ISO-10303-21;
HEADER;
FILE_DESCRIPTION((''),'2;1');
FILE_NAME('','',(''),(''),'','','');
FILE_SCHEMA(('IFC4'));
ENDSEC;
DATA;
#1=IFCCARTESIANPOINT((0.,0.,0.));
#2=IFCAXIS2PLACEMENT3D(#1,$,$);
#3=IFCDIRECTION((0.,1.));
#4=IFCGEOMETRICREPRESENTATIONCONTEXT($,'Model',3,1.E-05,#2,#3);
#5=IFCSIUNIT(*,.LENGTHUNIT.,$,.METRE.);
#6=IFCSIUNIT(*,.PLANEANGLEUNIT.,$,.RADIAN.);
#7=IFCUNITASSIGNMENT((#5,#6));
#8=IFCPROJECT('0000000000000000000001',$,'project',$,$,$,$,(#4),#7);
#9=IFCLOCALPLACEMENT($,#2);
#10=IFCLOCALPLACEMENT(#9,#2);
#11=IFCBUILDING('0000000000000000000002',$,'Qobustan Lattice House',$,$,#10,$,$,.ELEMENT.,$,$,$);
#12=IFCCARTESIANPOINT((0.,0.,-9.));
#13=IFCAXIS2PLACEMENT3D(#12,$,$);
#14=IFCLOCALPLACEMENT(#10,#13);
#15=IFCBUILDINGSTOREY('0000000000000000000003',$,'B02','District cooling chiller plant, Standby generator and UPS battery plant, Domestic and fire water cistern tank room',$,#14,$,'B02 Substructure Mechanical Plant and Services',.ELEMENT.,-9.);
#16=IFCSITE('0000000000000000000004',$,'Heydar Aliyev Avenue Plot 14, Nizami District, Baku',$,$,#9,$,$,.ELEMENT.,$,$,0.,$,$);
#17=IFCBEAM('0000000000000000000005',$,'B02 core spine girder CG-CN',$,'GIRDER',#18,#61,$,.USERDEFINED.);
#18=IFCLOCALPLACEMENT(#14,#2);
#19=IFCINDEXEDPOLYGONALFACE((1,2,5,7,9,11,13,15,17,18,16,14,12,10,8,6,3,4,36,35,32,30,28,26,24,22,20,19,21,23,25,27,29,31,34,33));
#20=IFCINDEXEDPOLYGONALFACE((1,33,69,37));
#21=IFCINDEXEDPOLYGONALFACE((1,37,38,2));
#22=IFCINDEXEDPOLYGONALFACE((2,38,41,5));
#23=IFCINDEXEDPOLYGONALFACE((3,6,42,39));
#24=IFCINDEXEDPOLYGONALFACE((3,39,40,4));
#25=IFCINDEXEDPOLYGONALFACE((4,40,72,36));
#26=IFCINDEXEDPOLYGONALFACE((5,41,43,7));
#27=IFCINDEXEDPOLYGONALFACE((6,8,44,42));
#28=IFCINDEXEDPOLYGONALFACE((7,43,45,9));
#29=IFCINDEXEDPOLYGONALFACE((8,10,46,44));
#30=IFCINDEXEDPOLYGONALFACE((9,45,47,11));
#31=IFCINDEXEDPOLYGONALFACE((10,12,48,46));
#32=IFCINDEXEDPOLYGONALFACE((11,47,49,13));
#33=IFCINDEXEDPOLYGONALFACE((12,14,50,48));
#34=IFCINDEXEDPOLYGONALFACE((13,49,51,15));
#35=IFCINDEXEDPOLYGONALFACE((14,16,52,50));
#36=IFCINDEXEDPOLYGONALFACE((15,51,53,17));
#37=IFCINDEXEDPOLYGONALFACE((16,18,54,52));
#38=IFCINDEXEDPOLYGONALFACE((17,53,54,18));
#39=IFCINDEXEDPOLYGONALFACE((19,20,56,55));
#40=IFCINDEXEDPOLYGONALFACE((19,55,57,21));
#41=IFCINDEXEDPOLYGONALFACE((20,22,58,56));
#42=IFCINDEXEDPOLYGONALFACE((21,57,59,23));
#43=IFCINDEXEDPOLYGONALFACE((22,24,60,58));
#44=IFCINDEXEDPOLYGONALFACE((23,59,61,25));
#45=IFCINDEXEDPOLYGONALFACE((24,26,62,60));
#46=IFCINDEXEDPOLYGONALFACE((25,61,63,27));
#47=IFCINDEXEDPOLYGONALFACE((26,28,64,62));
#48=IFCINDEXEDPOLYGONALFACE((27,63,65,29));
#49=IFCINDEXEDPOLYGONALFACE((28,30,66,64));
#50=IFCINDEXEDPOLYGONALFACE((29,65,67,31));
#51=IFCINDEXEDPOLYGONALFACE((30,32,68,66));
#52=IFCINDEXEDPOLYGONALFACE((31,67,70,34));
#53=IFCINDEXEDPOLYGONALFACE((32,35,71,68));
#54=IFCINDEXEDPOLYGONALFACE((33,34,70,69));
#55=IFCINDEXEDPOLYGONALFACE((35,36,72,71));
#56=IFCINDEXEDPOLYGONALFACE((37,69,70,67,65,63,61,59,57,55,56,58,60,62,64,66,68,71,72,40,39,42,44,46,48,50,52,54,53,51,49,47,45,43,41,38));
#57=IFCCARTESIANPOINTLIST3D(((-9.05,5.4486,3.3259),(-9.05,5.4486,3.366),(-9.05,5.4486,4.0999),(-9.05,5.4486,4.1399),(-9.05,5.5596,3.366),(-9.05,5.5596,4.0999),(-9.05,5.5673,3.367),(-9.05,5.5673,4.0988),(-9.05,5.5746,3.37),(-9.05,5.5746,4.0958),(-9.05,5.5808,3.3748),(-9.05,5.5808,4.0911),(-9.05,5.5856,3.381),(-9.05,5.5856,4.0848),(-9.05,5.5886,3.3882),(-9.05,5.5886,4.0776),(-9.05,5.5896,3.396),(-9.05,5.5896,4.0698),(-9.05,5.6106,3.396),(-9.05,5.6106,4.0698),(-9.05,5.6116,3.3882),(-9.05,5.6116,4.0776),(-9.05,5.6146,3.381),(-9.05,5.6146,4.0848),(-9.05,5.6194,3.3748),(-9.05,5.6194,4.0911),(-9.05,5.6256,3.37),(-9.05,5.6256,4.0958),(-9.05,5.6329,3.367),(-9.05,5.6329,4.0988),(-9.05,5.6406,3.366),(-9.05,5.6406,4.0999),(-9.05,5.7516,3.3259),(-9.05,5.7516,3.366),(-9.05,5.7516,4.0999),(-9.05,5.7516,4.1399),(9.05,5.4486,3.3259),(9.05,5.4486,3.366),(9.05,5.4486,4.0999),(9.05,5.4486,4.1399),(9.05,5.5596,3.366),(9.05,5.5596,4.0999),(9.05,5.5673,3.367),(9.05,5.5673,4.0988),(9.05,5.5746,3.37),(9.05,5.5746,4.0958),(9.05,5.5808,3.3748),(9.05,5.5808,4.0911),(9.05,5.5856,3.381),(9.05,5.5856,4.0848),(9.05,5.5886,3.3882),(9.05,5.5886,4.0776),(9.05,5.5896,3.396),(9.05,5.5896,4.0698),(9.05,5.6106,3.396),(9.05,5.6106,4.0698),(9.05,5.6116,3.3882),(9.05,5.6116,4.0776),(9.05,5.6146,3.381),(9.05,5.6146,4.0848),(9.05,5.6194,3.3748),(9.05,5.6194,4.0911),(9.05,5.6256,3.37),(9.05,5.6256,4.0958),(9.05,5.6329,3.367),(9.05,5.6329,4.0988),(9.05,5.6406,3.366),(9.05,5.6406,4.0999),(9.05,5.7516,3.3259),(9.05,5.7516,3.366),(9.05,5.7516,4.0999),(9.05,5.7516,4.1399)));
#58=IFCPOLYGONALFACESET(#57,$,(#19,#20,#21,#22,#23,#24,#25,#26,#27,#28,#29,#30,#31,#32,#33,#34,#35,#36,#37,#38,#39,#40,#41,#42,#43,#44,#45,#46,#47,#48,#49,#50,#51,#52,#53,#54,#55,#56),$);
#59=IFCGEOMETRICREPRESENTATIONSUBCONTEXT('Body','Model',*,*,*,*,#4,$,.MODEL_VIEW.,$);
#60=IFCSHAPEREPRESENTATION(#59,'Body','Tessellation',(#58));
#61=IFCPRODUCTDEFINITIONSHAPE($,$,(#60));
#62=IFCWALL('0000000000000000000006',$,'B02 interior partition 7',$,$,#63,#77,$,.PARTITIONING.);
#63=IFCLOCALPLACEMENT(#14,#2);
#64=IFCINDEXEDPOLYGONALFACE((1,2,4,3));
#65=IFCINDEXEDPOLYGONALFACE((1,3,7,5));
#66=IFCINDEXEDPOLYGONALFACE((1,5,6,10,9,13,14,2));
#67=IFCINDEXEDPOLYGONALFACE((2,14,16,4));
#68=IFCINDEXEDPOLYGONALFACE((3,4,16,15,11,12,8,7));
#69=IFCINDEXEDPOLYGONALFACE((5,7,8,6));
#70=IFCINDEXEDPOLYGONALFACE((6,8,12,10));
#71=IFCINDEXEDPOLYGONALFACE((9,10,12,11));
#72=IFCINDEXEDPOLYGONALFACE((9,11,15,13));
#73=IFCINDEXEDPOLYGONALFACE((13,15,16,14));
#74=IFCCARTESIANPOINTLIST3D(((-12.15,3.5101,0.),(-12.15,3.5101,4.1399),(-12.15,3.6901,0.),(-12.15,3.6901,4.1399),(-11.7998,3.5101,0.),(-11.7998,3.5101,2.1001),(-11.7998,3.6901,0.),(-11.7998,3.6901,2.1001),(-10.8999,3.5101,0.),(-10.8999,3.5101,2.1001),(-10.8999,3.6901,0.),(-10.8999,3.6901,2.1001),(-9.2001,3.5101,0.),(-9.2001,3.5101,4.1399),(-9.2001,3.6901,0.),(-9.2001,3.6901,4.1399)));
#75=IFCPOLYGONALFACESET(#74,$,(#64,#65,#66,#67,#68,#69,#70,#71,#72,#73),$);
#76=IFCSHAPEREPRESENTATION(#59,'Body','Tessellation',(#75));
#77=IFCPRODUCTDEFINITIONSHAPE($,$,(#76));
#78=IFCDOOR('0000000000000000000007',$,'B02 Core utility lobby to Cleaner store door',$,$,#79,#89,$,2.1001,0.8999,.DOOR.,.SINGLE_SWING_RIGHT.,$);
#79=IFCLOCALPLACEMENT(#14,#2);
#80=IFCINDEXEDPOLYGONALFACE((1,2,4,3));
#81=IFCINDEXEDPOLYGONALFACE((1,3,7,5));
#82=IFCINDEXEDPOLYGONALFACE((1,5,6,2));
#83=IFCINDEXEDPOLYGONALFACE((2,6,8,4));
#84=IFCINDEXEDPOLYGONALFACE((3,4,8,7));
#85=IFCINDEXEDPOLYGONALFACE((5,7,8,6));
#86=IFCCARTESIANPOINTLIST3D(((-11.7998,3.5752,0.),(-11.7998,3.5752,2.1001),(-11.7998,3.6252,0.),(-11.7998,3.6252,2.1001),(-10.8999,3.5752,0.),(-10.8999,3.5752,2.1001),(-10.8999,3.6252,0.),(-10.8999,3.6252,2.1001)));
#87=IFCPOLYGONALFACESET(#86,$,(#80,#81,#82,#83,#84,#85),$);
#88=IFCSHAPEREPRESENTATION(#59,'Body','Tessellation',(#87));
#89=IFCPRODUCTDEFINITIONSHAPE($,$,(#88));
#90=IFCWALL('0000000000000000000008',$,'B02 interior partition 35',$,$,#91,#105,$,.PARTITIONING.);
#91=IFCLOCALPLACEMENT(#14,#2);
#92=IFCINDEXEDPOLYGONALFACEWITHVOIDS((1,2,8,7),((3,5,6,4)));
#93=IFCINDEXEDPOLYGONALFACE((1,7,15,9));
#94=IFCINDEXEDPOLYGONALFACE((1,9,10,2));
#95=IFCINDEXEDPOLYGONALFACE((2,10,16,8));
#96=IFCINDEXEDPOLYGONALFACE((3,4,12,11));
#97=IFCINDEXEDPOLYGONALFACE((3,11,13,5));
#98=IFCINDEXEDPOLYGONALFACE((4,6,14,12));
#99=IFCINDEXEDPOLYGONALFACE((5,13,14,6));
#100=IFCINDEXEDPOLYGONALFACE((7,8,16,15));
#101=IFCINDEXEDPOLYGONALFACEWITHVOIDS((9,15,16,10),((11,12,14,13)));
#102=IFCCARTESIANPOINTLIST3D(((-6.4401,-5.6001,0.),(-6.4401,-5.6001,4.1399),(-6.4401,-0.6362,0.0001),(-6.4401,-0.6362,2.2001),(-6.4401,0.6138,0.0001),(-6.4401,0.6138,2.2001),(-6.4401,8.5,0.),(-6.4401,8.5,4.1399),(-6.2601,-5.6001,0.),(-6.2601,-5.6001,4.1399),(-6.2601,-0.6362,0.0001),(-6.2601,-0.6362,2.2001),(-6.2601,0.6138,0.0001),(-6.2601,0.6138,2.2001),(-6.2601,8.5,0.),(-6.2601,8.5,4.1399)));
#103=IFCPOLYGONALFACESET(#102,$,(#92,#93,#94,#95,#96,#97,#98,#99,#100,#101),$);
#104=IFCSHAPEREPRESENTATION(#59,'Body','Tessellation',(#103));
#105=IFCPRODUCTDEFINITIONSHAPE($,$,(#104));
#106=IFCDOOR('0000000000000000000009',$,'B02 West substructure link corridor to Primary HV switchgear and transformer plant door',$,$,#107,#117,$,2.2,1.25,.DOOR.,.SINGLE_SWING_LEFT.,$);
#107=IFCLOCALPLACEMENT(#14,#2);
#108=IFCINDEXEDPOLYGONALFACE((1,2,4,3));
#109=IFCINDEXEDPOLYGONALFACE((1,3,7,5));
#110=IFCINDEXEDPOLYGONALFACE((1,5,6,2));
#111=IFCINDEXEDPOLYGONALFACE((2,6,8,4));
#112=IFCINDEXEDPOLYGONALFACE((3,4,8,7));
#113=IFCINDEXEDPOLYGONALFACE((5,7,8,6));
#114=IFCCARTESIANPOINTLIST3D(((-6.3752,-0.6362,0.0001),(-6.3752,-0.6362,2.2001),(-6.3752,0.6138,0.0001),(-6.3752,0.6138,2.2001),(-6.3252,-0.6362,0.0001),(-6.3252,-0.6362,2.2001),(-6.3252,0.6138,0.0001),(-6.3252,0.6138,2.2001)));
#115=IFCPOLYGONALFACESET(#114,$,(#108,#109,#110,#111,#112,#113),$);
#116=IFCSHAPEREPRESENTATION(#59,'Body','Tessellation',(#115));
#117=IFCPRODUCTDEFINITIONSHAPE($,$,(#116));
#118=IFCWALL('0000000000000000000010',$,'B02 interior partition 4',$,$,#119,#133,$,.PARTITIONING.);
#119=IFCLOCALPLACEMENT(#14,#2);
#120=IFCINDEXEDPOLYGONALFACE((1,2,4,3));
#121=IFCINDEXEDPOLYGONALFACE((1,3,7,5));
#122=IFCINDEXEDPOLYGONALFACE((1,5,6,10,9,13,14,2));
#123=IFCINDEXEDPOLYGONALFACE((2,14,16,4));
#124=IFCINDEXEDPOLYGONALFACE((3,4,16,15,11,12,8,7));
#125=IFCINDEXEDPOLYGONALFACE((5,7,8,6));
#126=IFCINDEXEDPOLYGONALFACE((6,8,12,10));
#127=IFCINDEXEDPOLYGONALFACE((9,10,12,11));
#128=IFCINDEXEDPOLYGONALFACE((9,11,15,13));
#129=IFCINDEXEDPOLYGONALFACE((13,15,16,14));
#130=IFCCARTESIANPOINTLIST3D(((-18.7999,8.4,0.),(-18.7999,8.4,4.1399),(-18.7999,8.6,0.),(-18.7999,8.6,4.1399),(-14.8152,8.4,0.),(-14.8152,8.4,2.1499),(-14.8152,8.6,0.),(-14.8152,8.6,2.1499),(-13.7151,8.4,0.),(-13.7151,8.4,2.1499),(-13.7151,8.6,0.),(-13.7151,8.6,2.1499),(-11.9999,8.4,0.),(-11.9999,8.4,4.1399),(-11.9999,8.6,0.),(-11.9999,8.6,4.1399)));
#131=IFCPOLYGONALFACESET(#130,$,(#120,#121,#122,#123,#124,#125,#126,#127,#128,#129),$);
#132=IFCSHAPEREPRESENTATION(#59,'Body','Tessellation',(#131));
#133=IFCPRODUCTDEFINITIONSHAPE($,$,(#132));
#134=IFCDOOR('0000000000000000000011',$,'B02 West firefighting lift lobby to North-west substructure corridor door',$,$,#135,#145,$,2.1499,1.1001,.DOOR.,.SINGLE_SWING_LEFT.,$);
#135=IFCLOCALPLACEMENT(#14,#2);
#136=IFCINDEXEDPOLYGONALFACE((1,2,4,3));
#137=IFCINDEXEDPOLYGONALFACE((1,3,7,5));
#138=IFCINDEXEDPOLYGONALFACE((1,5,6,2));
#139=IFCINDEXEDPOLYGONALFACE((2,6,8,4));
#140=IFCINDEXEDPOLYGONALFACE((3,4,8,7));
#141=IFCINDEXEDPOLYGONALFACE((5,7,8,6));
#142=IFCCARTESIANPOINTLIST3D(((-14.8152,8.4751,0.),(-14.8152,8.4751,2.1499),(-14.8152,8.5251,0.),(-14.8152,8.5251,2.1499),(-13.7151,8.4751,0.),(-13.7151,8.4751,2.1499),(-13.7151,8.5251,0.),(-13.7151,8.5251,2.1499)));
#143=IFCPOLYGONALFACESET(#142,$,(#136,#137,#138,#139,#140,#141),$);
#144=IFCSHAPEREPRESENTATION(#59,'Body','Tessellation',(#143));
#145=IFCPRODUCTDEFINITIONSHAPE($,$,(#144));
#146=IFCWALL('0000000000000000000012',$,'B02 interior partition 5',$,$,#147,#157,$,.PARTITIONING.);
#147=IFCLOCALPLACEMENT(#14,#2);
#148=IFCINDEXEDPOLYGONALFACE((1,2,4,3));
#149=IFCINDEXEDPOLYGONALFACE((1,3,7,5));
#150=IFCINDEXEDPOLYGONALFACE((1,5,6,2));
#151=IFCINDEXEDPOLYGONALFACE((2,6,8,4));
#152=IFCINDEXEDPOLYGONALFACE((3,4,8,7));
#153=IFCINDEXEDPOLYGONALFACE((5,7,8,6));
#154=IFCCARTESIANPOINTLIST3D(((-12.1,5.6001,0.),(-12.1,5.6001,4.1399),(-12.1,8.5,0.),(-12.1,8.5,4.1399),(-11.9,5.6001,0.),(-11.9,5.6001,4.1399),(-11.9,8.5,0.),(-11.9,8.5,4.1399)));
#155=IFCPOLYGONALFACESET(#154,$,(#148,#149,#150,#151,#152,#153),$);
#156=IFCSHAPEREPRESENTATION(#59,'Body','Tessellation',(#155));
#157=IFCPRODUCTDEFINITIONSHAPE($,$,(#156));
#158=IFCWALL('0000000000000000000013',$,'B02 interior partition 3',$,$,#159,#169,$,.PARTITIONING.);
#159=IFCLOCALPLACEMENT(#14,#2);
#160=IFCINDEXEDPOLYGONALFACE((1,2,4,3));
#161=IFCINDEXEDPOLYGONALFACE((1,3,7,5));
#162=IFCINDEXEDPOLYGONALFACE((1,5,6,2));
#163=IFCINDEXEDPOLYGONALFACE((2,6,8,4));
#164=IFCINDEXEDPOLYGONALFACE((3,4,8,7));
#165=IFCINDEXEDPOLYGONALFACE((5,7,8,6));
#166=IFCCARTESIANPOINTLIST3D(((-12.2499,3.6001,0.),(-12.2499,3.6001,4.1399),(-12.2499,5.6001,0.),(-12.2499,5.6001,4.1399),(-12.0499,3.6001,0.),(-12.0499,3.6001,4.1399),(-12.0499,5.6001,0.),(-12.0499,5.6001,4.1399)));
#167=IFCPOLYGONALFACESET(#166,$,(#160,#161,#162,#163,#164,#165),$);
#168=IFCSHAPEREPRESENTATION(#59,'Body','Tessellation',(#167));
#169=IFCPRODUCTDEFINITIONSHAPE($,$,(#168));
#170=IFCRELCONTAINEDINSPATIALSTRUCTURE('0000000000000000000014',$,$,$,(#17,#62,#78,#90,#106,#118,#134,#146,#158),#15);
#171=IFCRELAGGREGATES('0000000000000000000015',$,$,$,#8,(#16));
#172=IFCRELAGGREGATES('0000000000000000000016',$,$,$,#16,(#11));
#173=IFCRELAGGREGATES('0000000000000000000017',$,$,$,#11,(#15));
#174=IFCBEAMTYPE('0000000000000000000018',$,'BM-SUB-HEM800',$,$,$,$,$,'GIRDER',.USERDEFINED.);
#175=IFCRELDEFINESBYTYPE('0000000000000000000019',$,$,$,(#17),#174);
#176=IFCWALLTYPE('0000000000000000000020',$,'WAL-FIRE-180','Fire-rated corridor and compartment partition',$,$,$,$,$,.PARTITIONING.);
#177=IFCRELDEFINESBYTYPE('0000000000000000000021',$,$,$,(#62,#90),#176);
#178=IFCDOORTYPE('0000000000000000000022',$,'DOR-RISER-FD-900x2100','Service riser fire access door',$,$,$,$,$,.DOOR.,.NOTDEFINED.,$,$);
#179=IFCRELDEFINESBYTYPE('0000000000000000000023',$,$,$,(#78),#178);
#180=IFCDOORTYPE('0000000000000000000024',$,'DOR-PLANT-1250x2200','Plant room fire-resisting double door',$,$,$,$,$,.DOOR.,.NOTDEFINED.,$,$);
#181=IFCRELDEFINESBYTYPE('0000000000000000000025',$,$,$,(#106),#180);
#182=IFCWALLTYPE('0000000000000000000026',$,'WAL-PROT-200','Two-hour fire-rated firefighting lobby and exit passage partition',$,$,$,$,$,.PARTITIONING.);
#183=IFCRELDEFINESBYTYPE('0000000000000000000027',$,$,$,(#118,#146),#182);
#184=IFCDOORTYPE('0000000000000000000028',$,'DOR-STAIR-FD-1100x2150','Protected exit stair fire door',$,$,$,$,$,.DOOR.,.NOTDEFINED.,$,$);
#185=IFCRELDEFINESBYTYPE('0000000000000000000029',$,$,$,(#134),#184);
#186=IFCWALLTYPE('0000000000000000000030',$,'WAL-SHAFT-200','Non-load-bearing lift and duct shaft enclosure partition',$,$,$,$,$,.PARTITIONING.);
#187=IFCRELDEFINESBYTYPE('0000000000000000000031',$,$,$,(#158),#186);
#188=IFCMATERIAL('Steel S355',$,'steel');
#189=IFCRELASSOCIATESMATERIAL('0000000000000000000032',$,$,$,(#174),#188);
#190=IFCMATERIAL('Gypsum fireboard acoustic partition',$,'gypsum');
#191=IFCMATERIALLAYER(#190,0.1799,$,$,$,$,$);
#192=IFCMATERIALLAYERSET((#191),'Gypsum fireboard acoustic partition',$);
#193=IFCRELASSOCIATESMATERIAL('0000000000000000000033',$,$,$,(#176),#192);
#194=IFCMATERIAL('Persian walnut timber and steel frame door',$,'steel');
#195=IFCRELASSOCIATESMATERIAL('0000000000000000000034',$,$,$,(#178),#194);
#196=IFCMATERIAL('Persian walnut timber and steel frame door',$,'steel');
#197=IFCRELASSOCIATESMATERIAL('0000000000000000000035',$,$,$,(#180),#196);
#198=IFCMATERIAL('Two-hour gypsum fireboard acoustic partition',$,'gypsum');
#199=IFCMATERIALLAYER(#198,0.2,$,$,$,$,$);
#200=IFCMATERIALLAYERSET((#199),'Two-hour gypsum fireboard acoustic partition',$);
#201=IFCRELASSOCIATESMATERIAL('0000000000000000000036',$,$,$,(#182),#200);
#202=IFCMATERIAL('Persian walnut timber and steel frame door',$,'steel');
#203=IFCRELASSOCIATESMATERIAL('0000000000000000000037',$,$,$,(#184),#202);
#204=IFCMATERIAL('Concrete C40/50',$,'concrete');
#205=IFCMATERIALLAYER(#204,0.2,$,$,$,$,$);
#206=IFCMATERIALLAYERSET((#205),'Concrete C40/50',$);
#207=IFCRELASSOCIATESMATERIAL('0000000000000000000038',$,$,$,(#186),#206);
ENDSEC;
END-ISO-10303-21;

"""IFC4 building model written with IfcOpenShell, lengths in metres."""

from ifc_helpers import new_model, si_unit, direction, frame, frame_2d, origin, origin_2d, place, context, subcontext, project, spatial, rectangle, i_section, extrude, material, layer, layer_set, material_profile, profile_set, type_object, element, fill, save


model = new_model("IFC4")

# Units and contexts
model_context = context("Model", 3, precision=1e-05, world=origin(), true_north=direction((0.0, 1.0)))
body_context = subcontext(model_context, "Body", "Model", "MODEL_VIEW")
ifc_project = project(units=[si_unit("LENGTHUNIT", "METRE"), si_unit("PLANEANGLEUNIT", "RADIAN")], contexts=[model_context])

# Site, building, storey
site_placement = place(None, origin())
site = spatial("IfcSite", under=ifc_project, at=site_placement, Name="Heydar Aliyev Avenue Plot 14, Nizami District, Baku", CompositionType="ELEMENT", RefElevation=0.0)
building_placement = place(site_placement, origin())
building = spatial("IfcBuilding", under=site, at=building_placement, Name="Qobustan Lattice House", CompositionType="ELEMENT")
storey_placement = place(building_placement, frame((0.0, 0.0, -9.0)))
storey = spatial("IfcBuildingStorey", under=building, at=storey_placement, Name="B02", Description="District cooling chiller plant, Standby generator and UPS battery plant, Domestic and fire water cistern tank room", LongName="B02 Substructure Mechanical Plant and Services", CompositionType="ELEMENT", Elevation=-9.0)

# Beam
ifc_material_1 = material(Name="Steel S355", Category="steel")
ifc_material_profile_1 = material_profile(ifc_material_1, i_section(OverallWidth=0.303, OverallDepth=0.814, WebThickness=0.021, FlangeThickness=0.04, FilletRadius=0.03, at=origin_2d()), Name="HEM800")
ifc_profile_set_1 = profile_set([ifc_material_profile_1], Name="Steel S355")
beam_type_1 = type_object("IfcBeamType", Name="BM-SUB-HEM800", ElementType="GIRDER", PredefinedType="USERDEFINED", material=ifc_profile_set_1)
beam_1_placement = place(storey_placement, frame((-9.05, 5.6001, 3.7329), z_axis=(1.0, 0.0, 0.0), x_axis=(0.0, 1.0, 0.0)))
element("IfcBeam", 1, at=beam_1_placement, inside=storey, type_object=beam_type_1, Name="B02 core spine girder CG-CN", ObjectType="GIRDER", PredefinedType="USERDEFINED", context=body_context, shape_type="SweptSolid", body=[
    extrude(i_section(OverallWidth=0.303, OverallDepth=0.814, WebThickness=0.021, FlangeThickness=0.04, FilletRadius=0.03, at=origin_2d()), origin(), (0.0, 0.0, 1.0), 18.1001),
])

# Walls, openings, doors
ifc_material_2 = material(Name="Gypsum fireboard acoustic partition", Category="gypsum")
ifc_layer_1 = layer(ifc_material_2, 0.1799)
ifc_layer_set_1 = layer_set([ifc_layer_1], Name="Gypsum fireboard acoustic partition")
wall_type_1 = type_object("IfcWallType", Name="WAL-FIRE-180", Description="Fire-rated corridor and compartment partition", PredefinedType="PARTITIONING", material=ifc_layer_set_1)
wall_1_placement = place(storey_placement, frame((-9.2, 3.6001, 0.0), z_axis=(0.0, 0.0, 1.0), x_axis=(-1.0, 0.0, 0.0)))
wall_1 = element("IfcWall", 2, at=wall_1_placement, inside=storey, type_object=wall_type_1, Name="B02 interior partition 7", PredefinedType="PARTITIONING", context=body_context, shape_type="SweptSolid", body=[
    extrude(rectangle(XDim=2.95, YDim=0.1799, at=frame_2d((1.4751, 0.0))), origin(), (0.0, 0.0, 1.0), 4.1399),
])
opening_1_placement = place(wall_1_placement, frame((1.7, 0.0, 0.0)))
opening_1 = element("IfcOpeningElement", 3, at=opening_1_placement, cuts=wall_1, PredefinedType="OPENING", context=body_context, shape_type="SweptSolid", body=[
    extrude(rectangle(XDim=0.8999, YDim=2.1001, at=frame_2d((0.45, 1.05))), frame((0.0, 0.0999, 0.0), z_axis=(0.0, -1.0, 0.0), x_axis=(1.0, 0.0, 0.0)), (0.0, 0.0, 1.0), 0.2),
])
ifc_material_3 = material(Name="Persian walnut timber and steel frame door", Category="steel")
door_type_1 = type_object("IfcDoorType", Name="DOR-RISER-FD-900x2100", Description="Service riser fire access door", OperationType="NOTDEFINED", PredefinedType="DOOR", material=ifc_material_3)
door_1_placement = place(opening_1_placement, origin())
door_1 = element("IfcDoor", 4, at=door_1_placement, inside=storey, type_object=door_type_1, Name="B02 Core utility lobby to Cleaner store door", OperationType="SINGLE_SWING_RIGHT", OverallHeight=2.1001, OverallWidth=0.8999, PredefinedType="DOOR", context=body_context, shape_type="SweptSolid", body=[
    extrude(rectangle(XDim=0.8999, YDim=2.1001, at=frame_2d((0.45, 1.05))), frame((0.0, 0.0249, 0.0), z_axis=(0.0, -1.0, 0.0), x_axis=(1.0, 0.0, 0.0)), (0.0, 0.0, 1.0), 0.05),
])
fill(opening_1, door_1)
wall_2_placement = place(storey_placement, frame((-6.3501, 8.5, 0.0), z_axis=(0.0, 0.0, 1.0), x_axis=(0.0, -1.0, 0.0)))
wall_2 = element("IfcWall", 5, at=wall_2_placement, inside=storey, type_object=wall_type_1, Name="B02 interior partition 35", PredefinedType="PARTITIONING", context=body_context, shape_type="SweptSolid", body=[
    extrude(rectangle(XDim=14.1001, YDim=0.1799, at=frame_2d((7.05, 0.0))), origin(), (0.0, 0.0, 1.0), 4.1399),
])
opening_2_placement = place(wall_2_placement, frame((7.8862, 0.0, 0.0)))
opening_2 = element("IfcOpeningElement", 6, at=opening_2_placement, cuts=wall_2, PredefinedType="OPENING", context=body_context, shape_type="SweptSolid", body=[
    extrude(rectangle(XDim=1.25, YDim=2.2, at=frame_2d((0.625, 1.1001))), frame((0.0, 0.0999, 0.0), z_axis=(0.0, -1.0, 0.0), x_axis=(1.0, 0.0, 0.0)), (0.0, 0.0, 1.0), 0.2),
])
ifc_material_4 = material(Name="Persian walnut timber and steel frame door", Category="steel")
door_type_2 = type_object("IfcDoorType", Name="DOR-PLANT-1250x2200", Description="Plant room fire-resisting double door", OperationType="NOTDEFINED", PredefinedType="DOOR", material=ifc_material_4)
door_2_placement = place(opening_2_placement, origin())
door_2 = element("IfcDoor", 7, at=door_2_placement, inside=storey, type_object=door_type_2, Name="B02 West substructure link corridor to Primary HV switchgear and transformer plant door", OperationType="SINGLE_SWING_LEFT", OverallHeight=2.2, OverallWidth=1.25, PredefinedType="DOOR", context=body_context, shape_type="SweptSolid", body=[
    extrude(rectangle(XDim=1.25, YDim=2.2, at=frame_2d((0.625, 1.1001))), frame((0.0, 0.0249, 0.0), z_axis=(0.0, -1.0, 0.0), x_axis=(1.0, 0.0, 0.0)), (0.0, 0.0, 1.0), 0.05),
])
fill(opening_2, door_2)
ifc_material_5 = material(Name="Two-hour gypsum fireboard acoustic partition", Category="gypsum")
ifc_layer_2 = layer(ifc_material_5, 0.2)
ifc_layer_set_2 = layer_set([ifc_layer_2], Name="Two-hour gypsum fireboard acoustic partition")
wall_type_2 = type_object("IfcWallType", Name="WAL-PROT-200", Description="Two-hour fire-rated firefighting lobby and exit passage partition", PredefinedType="PARTITIONING", material=ifc_layer_set_2)
wall_3_placement = place(storey_placement, frame((-12.0, 8.5, 0.0), z_axis=(0.0, 0.0, 1.0), x_axis=(-1.0, 0.0, 0.0)))
wall_3 = element("IfcWall", 8, at=wall_3_placement, inside=storey, type_object=wall_type_2, Name="B02 interior partition 4", PredefinedType="PARTITIONING", context=body_context, shape_type="SweptSolid", body=[
    extrude(rectangle(XDim=6.8, YDim=0.2, at=frame_2d((3.3999, 0.0))), origin(), (0.0, 0.0, 1.0), 4.1399),
])
opening_3_placement = place(wall_3_placement, frame((1.7151, 0.0, 0.0)))
opening_3 = element("IfcOpeningElement", 9, at=opening_3_placement, cuts=wall_3, PredefinedType="OPENING", context=body_context, shape_type="SweptSolid", body=[
    extrude(rectangle(XDim=1.1001, YDim=2.1499, at=frame_2d((0.55, 1.075))), frame((0.0, 0.1099, 0.0), z_axis=(0.0, -1.0, 0.0), x_axis=(1.0, 0.0, 0.0)), (0.0, 0.0, 1.0), 0.22),
])
ifc_material_6 = material(Name="Persian walnut timber and steel frame door", Category="steel")
door_type_3 = type_object("IfcDoorType", Name="DOR-STAIR-FD-1100x2150", Description="Protected exit stair fire door", OperationType="NOTDEFINED", PredefinedType="DOOR", material=ifc_material_6)
door_3_placement = place(opening_3_placement, origin())
door_3 = element("IfcDoor", 10, at=door_3_placement, inside=storey, type_object=door_type_3, Name="B02 West firefighting lift lobby to North-west substructure corridor door", OperationType="SINGLE_SWING_LEFT", OverallHeight=2.1499, OverallWidth=1.1001, PredefinedType="DOOR", context=body_context, shape_type="SweptSolid", body=[
    extrude(rectangle(XDim=1.1001, YDim=2.1499, at=frame_2d((0.55, 1.075))), frame((0.0, 0.0249, 0.0), z_axis=(0.0, -1.0, 0.0), x_axis=(1.0, 0.0, 0.0)), (0.0, 0.0, 1.0), 0.05),
])
fill(opening_3, door_3)

# Walls
wall_4_placement = place(storey_placement, frame((-12.0, 5.6001, 0.0), z_axis=(0.0, 0.0, 1.0), x_axis=(0.0, 1.0, 0.0)))
element("IfcWall", 11, at=wall_4_placement, inside=storey, type_object=wall_type_2, Name="B02 interior partition 5", PredefinedType="PARTITIONING", context=body_context, shape_type="SweptSolid", body=[
    extrude(rectangle(XDim=2.8999, YDim=0.2, at=frame_2d((1.45, 0.0))), origin(), (0.0, 0.0, 1.0), 4.1399),
])
ifc_material_7 = material(Name="Concrete C40/50", Category="concrete")
ifc_layer_3 = layer(ifc_material_7, 0.2)
ifc_layer_set_3 = layer_set([ifc_layer_3], Name="Concrete C40/50")
wall_type_3 = type_object("IfcWallType", Name="WAL-SHAFT-200", Description="Non-load-bearing lift and duct shaft enclosure partition", PredefinedType="PARTITIONING", material=ifc_layer_set_3)
wall_5_placement = place(storey_placement, frame((-12.1499, 3.6001, 0.0), z_axis=(0.0, 0.0, 1.0), x_axis=(0.0, 1.0, 0.0)))
element("IfcWall", 12, at=wall_5_placement, inside=storey, type_object=wall_type_3, Name="B02 interior partition 3", PredefinedType="PARTITIONING", context=body_context, shape_type="SweptSolid", body=[
    extrude(rectangle(XDim=2.0, YDim=0.2, at=frame_2d((1.0, 0.0))), origin(), (0.0, 0.0, 1.0), 4.1399),
])

save(model, "model.ifc")
